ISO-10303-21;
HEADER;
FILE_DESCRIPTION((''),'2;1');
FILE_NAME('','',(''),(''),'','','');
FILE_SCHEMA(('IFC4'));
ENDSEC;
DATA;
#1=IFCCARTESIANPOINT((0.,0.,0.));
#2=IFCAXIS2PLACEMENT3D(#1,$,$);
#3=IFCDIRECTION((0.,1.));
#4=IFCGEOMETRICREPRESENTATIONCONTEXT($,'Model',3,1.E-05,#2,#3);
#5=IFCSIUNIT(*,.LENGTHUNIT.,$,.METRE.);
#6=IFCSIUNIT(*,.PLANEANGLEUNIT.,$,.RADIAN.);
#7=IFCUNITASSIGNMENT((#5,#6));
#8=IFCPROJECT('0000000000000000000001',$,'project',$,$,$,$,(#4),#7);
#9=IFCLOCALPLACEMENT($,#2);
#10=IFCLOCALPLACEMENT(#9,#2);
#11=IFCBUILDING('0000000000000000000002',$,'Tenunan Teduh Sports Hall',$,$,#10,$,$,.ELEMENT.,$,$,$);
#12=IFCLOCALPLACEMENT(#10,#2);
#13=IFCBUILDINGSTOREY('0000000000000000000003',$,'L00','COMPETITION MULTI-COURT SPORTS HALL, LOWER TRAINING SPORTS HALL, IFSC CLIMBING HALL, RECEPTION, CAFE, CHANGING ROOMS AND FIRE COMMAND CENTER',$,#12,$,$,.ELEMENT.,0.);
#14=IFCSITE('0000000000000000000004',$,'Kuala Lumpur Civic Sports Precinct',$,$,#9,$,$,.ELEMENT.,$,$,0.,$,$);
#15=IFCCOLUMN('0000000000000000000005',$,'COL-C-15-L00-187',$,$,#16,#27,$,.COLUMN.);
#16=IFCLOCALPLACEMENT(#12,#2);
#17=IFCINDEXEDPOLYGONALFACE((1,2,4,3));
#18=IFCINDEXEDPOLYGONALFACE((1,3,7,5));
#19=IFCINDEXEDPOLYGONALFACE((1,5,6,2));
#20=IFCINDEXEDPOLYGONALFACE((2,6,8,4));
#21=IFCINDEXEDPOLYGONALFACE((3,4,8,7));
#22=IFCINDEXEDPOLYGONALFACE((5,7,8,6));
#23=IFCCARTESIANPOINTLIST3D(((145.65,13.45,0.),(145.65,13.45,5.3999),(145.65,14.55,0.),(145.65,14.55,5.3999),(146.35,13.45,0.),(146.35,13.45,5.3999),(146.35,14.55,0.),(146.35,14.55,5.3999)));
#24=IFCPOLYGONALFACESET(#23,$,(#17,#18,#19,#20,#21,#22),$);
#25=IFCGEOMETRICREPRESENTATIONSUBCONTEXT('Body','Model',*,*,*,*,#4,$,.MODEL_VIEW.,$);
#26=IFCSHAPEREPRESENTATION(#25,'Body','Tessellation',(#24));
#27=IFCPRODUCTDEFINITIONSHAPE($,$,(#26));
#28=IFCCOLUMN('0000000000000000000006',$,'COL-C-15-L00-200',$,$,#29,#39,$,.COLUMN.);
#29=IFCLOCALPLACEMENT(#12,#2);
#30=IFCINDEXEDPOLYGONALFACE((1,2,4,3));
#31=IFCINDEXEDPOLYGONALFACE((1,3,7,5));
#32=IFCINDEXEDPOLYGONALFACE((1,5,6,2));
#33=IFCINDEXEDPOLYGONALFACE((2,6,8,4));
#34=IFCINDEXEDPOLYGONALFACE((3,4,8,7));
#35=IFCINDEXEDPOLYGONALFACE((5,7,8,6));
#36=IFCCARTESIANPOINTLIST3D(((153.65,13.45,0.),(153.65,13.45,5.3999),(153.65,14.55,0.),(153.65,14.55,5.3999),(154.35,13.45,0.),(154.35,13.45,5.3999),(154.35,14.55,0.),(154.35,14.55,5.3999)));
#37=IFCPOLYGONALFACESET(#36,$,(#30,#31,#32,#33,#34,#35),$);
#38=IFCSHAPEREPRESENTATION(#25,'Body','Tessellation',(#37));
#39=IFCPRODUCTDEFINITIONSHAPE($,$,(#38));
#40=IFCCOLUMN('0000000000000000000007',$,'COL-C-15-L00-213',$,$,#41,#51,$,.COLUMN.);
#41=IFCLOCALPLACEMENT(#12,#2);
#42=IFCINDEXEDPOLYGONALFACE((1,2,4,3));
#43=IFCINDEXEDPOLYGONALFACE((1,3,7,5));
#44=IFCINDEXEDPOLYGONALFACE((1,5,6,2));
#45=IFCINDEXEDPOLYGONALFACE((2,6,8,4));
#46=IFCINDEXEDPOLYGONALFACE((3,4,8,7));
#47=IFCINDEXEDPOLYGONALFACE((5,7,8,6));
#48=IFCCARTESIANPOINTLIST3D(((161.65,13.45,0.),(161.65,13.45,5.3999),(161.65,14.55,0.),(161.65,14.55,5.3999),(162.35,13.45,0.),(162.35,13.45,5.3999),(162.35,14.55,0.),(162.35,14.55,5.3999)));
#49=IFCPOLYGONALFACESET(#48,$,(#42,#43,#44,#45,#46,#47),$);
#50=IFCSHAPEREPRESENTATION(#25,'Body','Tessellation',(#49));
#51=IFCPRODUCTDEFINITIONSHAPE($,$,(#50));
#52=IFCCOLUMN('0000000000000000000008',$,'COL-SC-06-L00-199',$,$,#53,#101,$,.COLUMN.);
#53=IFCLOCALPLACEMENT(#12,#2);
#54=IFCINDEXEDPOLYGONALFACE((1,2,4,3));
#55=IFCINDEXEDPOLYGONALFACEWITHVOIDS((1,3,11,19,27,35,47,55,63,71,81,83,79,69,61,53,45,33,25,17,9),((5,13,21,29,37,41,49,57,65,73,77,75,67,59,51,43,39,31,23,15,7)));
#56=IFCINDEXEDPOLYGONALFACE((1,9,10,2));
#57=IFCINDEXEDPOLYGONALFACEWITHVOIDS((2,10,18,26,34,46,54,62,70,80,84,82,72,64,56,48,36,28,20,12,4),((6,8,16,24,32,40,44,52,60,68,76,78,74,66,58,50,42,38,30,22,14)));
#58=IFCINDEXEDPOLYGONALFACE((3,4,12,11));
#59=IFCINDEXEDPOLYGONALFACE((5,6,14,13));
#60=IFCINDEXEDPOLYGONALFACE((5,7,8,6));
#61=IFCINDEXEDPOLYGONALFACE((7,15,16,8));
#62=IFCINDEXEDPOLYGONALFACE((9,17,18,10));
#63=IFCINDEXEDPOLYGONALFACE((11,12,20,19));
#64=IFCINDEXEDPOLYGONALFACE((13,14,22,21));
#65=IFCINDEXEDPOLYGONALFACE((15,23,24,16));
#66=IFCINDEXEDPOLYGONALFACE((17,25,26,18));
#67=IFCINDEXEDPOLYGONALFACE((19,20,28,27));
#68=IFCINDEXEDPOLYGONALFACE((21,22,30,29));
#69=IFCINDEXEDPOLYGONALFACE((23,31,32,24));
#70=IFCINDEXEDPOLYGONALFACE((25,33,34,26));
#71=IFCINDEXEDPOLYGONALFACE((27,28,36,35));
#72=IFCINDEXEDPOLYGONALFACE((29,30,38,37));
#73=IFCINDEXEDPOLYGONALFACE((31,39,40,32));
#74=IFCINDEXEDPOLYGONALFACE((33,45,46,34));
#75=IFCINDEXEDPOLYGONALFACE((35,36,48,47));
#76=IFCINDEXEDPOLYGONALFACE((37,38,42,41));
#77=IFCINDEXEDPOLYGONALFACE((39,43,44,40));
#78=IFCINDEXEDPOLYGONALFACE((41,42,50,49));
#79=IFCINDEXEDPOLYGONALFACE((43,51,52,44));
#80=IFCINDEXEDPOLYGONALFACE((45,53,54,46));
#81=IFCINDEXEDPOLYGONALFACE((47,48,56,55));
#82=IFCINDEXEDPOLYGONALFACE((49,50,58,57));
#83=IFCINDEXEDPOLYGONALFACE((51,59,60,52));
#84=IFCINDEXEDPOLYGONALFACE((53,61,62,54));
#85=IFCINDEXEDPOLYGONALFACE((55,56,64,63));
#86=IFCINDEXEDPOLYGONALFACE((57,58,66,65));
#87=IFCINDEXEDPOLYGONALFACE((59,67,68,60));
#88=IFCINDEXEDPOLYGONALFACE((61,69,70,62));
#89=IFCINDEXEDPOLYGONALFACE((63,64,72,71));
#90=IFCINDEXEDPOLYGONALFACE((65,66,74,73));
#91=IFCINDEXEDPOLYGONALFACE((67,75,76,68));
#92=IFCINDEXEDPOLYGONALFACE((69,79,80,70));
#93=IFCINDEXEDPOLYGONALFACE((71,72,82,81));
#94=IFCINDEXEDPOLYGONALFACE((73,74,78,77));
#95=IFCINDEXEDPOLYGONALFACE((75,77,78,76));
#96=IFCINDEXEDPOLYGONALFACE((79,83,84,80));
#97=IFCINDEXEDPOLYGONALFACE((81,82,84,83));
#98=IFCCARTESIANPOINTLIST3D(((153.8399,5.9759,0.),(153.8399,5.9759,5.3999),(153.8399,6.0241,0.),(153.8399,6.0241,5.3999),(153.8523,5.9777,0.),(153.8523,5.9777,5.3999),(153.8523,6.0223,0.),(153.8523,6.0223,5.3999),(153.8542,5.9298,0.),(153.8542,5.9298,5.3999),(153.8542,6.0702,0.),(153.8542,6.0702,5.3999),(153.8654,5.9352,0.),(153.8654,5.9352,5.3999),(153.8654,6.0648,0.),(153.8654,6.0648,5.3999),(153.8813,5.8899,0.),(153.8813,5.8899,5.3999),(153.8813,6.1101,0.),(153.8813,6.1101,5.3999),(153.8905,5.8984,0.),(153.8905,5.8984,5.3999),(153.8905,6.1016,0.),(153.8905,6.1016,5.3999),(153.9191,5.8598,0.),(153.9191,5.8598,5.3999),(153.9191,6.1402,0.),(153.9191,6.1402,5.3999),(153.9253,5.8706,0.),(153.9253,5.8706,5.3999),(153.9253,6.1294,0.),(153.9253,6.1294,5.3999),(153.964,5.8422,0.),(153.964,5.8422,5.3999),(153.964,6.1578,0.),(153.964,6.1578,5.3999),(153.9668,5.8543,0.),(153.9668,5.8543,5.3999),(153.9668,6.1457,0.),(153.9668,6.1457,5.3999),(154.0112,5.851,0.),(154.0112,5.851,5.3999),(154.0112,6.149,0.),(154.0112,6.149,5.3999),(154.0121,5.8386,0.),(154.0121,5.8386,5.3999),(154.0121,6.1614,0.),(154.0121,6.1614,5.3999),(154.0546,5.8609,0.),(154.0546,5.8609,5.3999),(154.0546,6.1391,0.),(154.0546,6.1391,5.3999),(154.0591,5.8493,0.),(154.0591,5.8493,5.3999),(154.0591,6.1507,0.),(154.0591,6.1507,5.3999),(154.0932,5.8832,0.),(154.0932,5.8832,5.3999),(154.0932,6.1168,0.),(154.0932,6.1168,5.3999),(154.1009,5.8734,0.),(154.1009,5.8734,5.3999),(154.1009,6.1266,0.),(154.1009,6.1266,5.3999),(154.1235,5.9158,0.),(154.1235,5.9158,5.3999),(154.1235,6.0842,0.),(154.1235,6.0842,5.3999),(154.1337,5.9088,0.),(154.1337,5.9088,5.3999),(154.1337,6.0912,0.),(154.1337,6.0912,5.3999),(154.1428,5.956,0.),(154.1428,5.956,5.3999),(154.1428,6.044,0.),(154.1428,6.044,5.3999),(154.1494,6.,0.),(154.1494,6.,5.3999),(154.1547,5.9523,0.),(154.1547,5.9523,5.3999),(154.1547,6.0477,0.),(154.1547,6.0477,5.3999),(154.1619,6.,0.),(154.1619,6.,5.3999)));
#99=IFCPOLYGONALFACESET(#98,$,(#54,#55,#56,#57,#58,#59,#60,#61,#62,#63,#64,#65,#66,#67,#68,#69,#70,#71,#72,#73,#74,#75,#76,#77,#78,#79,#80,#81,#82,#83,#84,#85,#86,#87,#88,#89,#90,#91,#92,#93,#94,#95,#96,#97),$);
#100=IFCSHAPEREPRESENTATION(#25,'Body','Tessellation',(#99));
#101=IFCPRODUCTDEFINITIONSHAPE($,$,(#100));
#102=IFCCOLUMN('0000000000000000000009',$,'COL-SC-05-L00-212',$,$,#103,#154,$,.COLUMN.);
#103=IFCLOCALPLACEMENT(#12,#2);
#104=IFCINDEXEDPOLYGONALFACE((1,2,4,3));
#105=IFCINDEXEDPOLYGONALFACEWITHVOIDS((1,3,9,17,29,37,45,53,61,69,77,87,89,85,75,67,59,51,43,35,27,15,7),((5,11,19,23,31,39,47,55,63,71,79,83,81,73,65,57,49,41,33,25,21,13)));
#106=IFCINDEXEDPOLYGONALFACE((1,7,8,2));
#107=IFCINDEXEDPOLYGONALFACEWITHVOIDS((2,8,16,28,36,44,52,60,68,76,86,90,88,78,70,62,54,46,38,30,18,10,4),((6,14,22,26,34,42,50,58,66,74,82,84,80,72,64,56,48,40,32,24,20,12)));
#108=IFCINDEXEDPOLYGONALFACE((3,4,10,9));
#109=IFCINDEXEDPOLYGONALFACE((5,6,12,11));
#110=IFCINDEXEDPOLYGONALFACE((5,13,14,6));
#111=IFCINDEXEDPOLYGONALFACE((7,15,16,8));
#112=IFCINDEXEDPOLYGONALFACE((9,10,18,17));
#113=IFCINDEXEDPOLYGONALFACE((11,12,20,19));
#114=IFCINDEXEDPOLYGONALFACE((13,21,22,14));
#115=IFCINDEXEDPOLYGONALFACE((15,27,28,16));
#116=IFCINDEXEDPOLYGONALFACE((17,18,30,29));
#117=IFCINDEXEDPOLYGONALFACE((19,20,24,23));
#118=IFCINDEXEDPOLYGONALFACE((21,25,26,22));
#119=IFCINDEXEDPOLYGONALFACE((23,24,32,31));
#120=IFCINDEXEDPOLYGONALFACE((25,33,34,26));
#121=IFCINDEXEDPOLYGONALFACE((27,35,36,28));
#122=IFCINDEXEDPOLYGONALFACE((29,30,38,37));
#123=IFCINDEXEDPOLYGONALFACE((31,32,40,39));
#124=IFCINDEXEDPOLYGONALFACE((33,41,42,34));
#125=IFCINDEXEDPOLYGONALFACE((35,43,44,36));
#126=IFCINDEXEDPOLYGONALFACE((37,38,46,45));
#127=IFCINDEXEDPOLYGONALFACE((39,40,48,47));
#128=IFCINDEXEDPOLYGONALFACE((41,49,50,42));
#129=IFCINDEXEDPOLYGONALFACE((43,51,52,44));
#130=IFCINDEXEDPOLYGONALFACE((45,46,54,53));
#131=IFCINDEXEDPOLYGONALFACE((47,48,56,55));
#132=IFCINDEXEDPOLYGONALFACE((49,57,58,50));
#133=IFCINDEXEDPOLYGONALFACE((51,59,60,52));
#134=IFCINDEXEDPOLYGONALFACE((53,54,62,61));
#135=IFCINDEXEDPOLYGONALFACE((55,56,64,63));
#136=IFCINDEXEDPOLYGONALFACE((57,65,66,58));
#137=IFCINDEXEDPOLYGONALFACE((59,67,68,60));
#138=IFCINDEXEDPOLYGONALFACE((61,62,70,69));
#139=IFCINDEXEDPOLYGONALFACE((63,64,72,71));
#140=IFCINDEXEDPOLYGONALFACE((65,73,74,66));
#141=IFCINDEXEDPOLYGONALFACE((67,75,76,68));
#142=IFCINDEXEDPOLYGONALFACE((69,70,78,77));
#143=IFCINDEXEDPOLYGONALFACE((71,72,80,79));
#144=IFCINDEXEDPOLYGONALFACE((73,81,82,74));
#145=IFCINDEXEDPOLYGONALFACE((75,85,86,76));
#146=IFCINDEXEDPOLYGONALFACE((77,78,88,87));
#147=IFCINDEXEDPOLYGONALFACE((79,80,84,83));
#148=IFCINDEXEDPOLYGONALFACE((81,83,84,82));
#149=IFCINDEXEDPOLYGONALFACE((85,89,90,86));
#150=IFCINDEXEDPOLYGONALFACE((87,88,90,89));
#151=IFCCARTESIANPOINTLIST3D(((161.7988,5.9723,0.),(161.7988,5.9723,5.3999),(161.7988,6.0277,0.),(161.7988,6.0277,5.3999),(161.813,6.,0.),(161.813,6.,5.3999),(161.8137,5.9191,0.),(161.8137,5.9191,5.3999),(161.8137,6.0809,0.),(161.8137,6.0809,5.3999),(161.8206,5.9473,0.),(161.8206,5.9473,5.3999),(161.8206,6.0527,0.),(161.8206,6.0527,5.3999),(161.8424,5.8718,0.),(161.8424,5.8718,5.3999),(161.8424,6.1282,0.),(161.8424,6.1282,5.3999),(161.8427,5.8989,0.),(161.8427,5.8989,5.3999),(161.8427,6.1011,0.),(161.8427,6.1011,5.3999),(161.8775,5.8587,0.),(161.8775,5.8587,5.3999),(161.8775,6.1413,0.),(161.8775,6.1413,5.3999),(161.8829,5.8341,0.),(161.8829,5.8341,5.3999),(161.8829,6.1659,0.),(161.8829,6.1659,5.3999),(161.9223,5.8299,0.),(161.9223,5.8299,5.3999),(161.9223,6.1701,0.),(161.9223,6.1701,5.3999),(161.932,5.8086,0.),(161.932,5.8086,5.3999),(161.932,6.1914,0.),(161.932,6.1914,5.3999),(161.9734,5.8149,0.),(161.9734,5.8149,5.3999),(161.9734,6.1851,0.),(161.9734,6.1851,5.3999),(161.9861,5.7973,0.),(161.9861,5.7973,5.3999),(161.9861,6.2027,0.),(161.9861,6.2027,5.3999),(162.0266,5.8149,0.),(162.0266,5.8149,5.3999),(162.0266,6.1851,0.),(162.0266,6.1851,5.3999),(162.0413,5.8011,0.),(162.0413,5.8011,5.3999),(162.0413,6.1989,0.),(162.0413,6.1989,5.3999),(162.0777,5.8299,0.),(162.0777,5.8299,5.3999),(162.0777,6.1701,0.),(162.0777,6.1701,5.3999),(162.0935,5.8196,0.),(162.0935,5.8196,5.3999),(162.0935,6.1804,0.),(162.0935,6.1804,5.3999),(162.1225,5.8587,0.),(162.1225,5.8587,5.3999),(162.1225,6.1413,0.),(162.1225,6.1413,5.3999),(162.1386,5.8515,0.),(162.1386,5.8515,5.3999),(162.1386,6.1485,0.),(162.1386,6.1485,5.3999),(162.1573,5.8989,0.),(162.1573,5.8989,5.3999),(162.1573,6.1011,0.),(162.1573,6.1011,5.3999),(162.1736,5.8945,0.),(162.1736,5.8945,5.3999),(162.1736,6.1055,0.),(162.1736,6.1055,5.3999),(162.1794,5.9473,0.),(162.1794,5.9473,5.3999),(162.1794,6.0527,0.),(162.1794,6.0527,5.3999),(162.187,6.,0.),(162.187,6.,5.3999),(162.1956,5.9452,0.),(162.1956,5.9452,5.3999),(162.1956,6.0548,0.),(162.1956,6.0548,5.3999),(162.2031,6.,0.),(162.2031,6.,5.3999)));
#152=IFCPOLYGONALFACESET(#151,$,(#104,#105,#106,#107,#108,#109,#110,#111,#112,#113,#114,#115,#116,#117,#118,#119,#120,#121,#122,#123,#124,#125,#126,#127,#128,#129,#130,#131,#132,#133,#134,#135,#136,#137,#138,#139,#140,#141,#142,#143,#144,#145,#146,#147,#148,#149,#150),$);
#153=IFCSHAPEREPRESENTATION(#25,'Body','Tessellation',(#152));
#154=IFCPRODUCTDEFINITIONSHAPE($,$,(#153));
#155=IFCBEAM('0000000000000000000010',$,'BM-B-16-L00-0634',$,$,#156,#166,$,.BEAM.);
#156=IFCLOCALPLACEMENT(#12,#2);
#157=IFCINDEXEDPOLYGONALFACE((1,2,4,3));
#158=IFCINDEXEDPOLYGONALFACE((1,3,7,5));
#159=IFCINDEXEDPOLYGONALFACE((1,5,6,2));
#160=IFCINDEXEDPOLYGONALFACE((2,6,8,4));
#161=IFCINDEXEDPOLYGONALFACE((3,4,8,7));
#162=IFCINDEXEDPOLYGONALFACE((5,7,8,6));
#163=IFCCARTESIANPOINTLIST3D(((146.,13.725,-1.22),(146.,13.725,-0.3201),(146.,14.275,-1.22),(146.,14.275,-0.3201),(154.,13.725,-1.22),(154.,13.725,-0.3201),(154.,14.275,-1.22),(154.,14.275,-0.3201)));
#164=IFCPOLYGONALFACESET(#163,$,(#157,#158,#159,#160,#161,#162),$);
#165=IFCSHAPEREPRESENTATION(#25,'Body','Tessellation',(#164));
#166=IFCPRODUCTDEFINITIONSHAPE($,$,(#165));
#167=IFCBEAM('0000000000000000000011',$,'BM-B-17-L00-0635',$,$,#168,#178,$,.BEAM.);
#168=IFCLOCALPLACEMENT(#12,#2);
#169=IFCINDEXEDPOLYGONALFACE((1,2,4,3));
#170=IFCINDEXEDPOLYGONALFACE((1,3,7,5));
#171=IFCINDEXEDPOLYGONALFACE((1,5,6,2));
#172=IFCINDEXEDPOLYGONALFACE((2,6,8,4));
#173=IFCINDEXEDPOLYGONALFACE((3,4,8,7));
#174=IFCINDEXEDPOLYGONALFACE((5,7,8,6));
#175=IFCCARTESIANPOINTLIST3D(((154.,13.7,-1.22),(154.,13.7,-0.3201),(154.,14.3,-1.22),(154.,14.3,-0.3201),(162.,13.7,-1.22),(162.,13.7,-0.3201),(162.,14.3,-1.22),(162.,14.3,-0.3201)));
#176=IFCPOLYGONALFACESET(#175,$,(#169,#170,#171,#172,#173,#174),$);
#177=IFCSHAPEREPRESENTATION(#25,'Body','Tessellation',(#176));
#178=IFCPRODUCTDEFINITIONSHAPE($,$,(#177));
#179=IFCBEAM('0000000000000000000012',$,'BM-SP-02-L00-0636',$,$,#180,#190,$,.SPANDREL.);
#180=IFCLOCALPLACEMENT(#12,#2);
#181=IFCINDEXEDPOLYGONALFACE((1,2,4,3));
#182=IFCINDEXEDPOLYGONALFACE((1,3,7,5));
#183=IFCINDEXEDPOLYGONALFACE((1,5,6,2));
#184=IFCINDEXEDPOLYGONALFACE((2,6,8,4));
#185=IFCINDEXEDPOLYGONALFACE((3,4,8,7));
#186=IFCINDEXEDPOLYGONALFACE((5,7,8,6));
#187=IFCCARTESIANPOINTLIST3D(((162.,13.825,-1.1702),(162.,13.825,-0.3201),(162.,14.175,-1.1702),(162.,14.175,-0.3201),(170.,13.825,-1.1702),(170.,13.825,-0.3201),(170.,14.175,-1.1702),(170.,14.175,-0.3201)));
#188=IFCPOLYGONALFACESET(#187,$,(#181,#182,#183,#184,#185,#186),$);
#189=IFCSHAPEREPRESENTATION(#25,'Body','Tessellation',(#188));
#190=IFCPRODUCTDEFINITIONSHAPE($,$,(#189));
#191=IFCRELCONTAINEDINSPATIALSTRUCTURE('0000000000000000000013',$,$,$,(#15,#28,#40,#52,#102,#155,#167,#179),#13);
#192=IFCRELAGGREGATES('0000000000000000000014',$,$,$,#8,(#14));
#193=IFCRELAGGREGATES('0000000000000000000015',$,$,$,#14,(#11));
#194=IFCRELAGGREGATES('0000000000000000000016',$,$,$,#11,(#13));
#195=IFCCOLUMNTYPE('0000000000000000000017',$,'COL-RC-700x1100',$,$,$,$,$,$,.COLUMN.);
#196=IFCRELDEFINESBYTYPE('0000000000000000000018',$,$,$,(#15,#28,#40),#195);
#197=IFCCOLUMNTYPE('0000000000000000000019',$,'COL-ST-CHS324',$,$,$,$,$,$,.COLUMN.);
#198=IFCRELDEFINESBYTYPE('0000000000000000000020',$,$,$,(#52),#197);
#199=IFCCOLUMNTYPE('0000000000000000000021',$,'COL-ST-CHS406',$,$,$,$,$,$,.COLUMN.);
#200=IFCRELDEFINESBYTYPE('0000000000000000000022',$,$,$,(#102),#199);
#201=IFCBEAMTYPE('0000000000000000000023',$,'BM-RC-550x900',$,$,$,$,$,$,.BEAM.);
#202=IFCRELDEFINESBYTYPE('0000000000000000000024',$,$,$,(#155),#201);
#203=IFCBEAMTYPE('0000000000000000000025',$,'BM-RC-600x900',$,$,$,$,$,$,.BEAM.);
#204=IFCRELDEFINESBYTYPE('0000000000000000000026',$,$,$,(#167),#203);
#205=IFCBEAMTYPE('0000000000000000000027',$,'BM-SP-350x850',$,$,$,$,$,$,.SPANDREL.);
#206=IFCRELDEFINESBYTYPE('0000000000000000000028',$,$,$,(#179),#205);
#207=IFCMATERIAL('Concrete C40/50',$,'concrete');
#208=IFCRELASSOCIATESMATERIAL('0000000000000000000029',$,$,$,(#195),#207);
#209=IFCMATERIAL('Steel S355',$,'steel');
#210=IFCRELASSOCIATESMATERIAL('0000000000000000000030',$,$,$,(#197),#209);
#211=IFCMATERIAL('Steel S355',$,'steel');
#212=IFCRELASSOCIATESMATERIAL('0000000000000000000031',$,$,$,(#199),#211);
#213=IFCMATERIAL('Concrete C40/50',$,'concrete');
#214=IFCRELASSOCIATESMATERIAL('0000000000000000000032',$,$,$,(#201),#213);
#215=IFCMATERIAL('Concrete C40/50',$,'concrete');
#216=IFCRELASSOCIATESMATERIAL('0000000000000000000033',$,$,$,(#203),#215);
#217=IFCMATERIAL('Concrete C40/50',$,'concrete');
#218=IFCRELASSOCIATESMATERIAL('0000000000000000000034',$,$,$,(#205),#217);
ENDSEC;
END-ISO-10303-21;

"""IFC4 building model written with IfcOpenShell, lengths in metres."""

from ifc_helpers import new_model, si_unit, direction, frame, origin, origin_2d, place, context, subcontext, project, spatial, rectangle, hollow_circle, extrude, material, material_profile, profile_set, type_object, element, save


model = new_model("IFC4")

# Units and contexts
model_context = context("Model", 3, precision=1e-05, world=origin(), true_north=direction((0.0, 1.0)))
body_context = subcontext(model_context, "Body", "Model", "MODEL_VIEW")
ifc_project = project(units=[si_unit("LENGTHUNIT", "METRE"), si_unit("PLANEANGLEUNIT", "RADIAN")], contexts=[model_context])

# Site, building, storey
site_placement = place(None, origin())
site = spatial("IfcSite", under=ifc_project, at=site_placement, Name="Kuala Lumpur Civic Sports Precinct", CompositionType="ELEMENT", RefElevation=0.0)
building_placement = place(site_placement, origin())
building = spatial("IfcBuilding", under=site, at=building_placement, Name="Tenunan Teduh Sports Hall", CompositionType="ELEMENT")
storey_placement = place(building_placement, origin())
storey = spatial("IfcBuildingStorey", under=building, at=storey_placement, Name="L00", Description="COMPETITION MULTI-COURT SPORTS HALL, LOWER TRAINING SPORTS HALL, IFSC CLIMBING HALL, RECEPTION, CAFE, CHANGING ROOMS AND FIRE COMMAND CENTER", CompositionType="ELEMENT", Elevation=0.0)

# Columns
ifc_material_1 = material(Name="Concrete C40/50", Category="concrete")
ifc_material_profile_1 = material_profile(ifc_material_1, rectangle(XDim=0.7, YDim=1.1001, at=origin_2d()), Name="RC 700x1100")
ifc_profile_set_1 = profile_set([ifc_material_profile_1], Name="Concrete C40/50")
column_type_1 = type_object("IfcColumnType", Name="COL-RC-700x1100", PredefinedType="COLUMN", material=ifc_profile_set_1)
for number, where, z_axis, x_axis, name in (
    (1, (146.0, 14.0, 0.0), (0.0, 0.0, 1.0), (1.0, 0.0, 0.0), "COL-C-15-L00-187"),
    (2, (154.0, 14.0, 0.0), (0.0, 0.0, 1.0), (1.0, 0.0, 0.0), "COL-C-15-L00-200"),
    (3, (162.0, 14.0, 0.0), (0.0, 0.0, 1.0), (1.0, 0.0, 0.0), "COL-C-15-L00-213"),
):
    element("IfcColumn", number, at=place(storey_placement, frame(where, z_axis=z_axis, x_axis=x_axis)), inside=storey, type_object=column_type_1, Name=name, PredefinedType="COLUMN", context=body_context, shape_type="SweptSolid", body=[
        extrude(rectangle(XDim=0.7, YDim=1.1001, at=origin_2d()), origin(), (0.0, 0.0, 1.0), 5.3999),
    ])
ifc_material_2 = material(Name="Steel S355", Category="steel")
ifc_material_profile_2 = material_profile(ifc_material_2, hollow_circle(Radius=0.1619, WallThickness=0.0125, at=origin_2d()), Name="CHS 323.9x12.5")
ifc_profile_set_2 = profile_set([ifc_material_profile_2], Name="Steel S355")
column_type_2 = type_object("IfcColumnType", Name="COL-ST-CHS324", PredefinedType="COLUMN", material=ifc_profile_set_2)
column_1_placement = place(storey_placement, frame((154.0, 6.0, 0.0), z_axis=(0.0, 0.0, 1.0), x_axis=(1.0, 0.0, 0.0)))
element("IfcColumn", 4, at=column_1_placement, inside=storey, type_object=column_type_2, Name="COL-SC-06-L00-199", PredefinedType="COLUMN", context=body_context, shape_type="SweptSolid", body=[
    extrude(hollow_circle(Radius=0.1619, WallThickness=0.0125, at=origin_2d()), origin(), (0.0, 0.0, 1.0), 5.3999),
])
ifc_material_3 = material(Name="Steel S355", Category="steel")
ifc_material_profile_3 = material_profile(ifc_material_3, hollow_circle(Radius=0.2031, WallThickness=0.0161, at=origin_2d()), Name="CHS 406.4x16.0")
ifc_profile_set_3 = profile_set([ifc_material_profile_3], Name="Steel S355")
column_type_3 = type_object("IfcColumnType", Name="COL-ST-CHS406", PredefinedType="COLUMN", material=ifc_profile_set_3)
column_2_placement = place(storey_placement, frame((162.0, 6.0, 0.0), z_axis=(0.0, 0.0, 1.0), x_axis=(1.0, 0.0, 0.0)))
element("IfcColumn", 5, at=column_2_placement, inside=storey, type_object=column_type_3, Name="COL-SC-05-L00-212", PredefinedType="COLUMN", context=body_context, shape_type="SweptSolid", body=[
    extrude(hollow_circle(Radius=0.2031, WallThickness=0.0161, at=origin_2d()), origin(), (0.0, 0.0, 1.0), 5.3999),
])

# Beams
ifc_material_4 = material(Name="Concrete C40/50", Category="concrete")
ifc_material_profile_4 = material_profile(ifc_material_4, rectangle(XDim=0.55, YDim=0.8999, at=origin_2d()), Name="RCB 550x900")
ifc_profile_set_4 = profile_set([ifc_material_profile_4], Name="Concrete C40/50")
beam_type_1 = type_object("IfcBeamType", Name="BM-RC-550x900", PredefinedType="BEAM", material=ifc_profile_set_4)
beam_1_placement = place(storey_placement, frame((146.0, 14.0, -0.77), z_axis=(1.0, 0.0, 0.0), x_axis=(0.0, 1.0, 0.0)))
element("IfcBeam", 6, at=beam_1_placement, inside=storey, type_object=beam_type_1, Name="BM-B-16-L00-0634", PredefinedType="BEAM", context=body_context, shape_type="SweptSolid", body=[
    extrude(rectangle(XDim=0.55, YDim=0.8999, at=origin_2d()), origin(), (0.0, 0.0, 1.0), 8.0),
])
ifc_material_5 = material(Name="Concrete C40/50", Category="concrete")
ifc_material_profile_5 = material_profile(ifc_material_5, rectangle(XDim=0.6001, YDim=0.8999, at=origin_2d()), Name="RCB 600x900")
ifc_profile_set_5 = profile_set([ifc_material_profile_5], Name="Concrete C40/50")
beam_type_2 = type_object("IfcBeamType", Name="BM-RC-600x900", PredefinedType="BEAM", material=ifc_profile_set_5)
beam_2_placement = place(storey_placement, frame((154.0, 14.0, -0.77), z_axis=(1.0, 0.0, 0.0), x_axis=(0.0, 1.0, 0.0)))
element("IfcBeam", 7, at=beam_2_placement, inside=storey, type_object=beam_type_2, Name="BM-B-17-L00-0635", PredefinedType="BEAM", context=body_context, shape_type="SweptSolid", body=[
    extrude(rectangle(XDim=0.6001, YDim=0.8999, at=origin_2d()), origin(), (0.0, 0.0, 1.0), 8.0),
])
ifc_material_6 = material(Name="Concrete C40/50", Category="concrete")
ifc_material_profile_6 = material_profile(ifc_material_6, rectangle(XDim=0.3501, YDim=0.8501, at=origin_2d()), Name="SPB 350x850")
ifc_profile_set_6 = profile_set([ifc_material_profile_6], Name="Concrete C40/50")
beam_type_3 = type_object("IfcBeamType", Name="BM-SP-350x850", PredefinedType="SPANDREL", material=ifc_profile_set_6)
beam_3_placement = place(storey_placement, frame((162.0, 14.0, -0.7451), z_axis=(1.0, 0.0, 0.0), x_axis=(0.0, 1.0, 0.0)))
element("IfcBeam", 8, at=beam_3_placement, inside=storey, type_object=beam_type_3, Name="BM-SP-02-L00-0636", PredefinedType="SPANDREL", context=body_context, shape_type="SweptSolid", body=[
    extrude(rectangle(XDim=0.3501, YDim=0.8501, at=origin_2d()), origin(), (0.0, 0.0, 1.0), 8.0),
])

save(model, "model.ifc")
